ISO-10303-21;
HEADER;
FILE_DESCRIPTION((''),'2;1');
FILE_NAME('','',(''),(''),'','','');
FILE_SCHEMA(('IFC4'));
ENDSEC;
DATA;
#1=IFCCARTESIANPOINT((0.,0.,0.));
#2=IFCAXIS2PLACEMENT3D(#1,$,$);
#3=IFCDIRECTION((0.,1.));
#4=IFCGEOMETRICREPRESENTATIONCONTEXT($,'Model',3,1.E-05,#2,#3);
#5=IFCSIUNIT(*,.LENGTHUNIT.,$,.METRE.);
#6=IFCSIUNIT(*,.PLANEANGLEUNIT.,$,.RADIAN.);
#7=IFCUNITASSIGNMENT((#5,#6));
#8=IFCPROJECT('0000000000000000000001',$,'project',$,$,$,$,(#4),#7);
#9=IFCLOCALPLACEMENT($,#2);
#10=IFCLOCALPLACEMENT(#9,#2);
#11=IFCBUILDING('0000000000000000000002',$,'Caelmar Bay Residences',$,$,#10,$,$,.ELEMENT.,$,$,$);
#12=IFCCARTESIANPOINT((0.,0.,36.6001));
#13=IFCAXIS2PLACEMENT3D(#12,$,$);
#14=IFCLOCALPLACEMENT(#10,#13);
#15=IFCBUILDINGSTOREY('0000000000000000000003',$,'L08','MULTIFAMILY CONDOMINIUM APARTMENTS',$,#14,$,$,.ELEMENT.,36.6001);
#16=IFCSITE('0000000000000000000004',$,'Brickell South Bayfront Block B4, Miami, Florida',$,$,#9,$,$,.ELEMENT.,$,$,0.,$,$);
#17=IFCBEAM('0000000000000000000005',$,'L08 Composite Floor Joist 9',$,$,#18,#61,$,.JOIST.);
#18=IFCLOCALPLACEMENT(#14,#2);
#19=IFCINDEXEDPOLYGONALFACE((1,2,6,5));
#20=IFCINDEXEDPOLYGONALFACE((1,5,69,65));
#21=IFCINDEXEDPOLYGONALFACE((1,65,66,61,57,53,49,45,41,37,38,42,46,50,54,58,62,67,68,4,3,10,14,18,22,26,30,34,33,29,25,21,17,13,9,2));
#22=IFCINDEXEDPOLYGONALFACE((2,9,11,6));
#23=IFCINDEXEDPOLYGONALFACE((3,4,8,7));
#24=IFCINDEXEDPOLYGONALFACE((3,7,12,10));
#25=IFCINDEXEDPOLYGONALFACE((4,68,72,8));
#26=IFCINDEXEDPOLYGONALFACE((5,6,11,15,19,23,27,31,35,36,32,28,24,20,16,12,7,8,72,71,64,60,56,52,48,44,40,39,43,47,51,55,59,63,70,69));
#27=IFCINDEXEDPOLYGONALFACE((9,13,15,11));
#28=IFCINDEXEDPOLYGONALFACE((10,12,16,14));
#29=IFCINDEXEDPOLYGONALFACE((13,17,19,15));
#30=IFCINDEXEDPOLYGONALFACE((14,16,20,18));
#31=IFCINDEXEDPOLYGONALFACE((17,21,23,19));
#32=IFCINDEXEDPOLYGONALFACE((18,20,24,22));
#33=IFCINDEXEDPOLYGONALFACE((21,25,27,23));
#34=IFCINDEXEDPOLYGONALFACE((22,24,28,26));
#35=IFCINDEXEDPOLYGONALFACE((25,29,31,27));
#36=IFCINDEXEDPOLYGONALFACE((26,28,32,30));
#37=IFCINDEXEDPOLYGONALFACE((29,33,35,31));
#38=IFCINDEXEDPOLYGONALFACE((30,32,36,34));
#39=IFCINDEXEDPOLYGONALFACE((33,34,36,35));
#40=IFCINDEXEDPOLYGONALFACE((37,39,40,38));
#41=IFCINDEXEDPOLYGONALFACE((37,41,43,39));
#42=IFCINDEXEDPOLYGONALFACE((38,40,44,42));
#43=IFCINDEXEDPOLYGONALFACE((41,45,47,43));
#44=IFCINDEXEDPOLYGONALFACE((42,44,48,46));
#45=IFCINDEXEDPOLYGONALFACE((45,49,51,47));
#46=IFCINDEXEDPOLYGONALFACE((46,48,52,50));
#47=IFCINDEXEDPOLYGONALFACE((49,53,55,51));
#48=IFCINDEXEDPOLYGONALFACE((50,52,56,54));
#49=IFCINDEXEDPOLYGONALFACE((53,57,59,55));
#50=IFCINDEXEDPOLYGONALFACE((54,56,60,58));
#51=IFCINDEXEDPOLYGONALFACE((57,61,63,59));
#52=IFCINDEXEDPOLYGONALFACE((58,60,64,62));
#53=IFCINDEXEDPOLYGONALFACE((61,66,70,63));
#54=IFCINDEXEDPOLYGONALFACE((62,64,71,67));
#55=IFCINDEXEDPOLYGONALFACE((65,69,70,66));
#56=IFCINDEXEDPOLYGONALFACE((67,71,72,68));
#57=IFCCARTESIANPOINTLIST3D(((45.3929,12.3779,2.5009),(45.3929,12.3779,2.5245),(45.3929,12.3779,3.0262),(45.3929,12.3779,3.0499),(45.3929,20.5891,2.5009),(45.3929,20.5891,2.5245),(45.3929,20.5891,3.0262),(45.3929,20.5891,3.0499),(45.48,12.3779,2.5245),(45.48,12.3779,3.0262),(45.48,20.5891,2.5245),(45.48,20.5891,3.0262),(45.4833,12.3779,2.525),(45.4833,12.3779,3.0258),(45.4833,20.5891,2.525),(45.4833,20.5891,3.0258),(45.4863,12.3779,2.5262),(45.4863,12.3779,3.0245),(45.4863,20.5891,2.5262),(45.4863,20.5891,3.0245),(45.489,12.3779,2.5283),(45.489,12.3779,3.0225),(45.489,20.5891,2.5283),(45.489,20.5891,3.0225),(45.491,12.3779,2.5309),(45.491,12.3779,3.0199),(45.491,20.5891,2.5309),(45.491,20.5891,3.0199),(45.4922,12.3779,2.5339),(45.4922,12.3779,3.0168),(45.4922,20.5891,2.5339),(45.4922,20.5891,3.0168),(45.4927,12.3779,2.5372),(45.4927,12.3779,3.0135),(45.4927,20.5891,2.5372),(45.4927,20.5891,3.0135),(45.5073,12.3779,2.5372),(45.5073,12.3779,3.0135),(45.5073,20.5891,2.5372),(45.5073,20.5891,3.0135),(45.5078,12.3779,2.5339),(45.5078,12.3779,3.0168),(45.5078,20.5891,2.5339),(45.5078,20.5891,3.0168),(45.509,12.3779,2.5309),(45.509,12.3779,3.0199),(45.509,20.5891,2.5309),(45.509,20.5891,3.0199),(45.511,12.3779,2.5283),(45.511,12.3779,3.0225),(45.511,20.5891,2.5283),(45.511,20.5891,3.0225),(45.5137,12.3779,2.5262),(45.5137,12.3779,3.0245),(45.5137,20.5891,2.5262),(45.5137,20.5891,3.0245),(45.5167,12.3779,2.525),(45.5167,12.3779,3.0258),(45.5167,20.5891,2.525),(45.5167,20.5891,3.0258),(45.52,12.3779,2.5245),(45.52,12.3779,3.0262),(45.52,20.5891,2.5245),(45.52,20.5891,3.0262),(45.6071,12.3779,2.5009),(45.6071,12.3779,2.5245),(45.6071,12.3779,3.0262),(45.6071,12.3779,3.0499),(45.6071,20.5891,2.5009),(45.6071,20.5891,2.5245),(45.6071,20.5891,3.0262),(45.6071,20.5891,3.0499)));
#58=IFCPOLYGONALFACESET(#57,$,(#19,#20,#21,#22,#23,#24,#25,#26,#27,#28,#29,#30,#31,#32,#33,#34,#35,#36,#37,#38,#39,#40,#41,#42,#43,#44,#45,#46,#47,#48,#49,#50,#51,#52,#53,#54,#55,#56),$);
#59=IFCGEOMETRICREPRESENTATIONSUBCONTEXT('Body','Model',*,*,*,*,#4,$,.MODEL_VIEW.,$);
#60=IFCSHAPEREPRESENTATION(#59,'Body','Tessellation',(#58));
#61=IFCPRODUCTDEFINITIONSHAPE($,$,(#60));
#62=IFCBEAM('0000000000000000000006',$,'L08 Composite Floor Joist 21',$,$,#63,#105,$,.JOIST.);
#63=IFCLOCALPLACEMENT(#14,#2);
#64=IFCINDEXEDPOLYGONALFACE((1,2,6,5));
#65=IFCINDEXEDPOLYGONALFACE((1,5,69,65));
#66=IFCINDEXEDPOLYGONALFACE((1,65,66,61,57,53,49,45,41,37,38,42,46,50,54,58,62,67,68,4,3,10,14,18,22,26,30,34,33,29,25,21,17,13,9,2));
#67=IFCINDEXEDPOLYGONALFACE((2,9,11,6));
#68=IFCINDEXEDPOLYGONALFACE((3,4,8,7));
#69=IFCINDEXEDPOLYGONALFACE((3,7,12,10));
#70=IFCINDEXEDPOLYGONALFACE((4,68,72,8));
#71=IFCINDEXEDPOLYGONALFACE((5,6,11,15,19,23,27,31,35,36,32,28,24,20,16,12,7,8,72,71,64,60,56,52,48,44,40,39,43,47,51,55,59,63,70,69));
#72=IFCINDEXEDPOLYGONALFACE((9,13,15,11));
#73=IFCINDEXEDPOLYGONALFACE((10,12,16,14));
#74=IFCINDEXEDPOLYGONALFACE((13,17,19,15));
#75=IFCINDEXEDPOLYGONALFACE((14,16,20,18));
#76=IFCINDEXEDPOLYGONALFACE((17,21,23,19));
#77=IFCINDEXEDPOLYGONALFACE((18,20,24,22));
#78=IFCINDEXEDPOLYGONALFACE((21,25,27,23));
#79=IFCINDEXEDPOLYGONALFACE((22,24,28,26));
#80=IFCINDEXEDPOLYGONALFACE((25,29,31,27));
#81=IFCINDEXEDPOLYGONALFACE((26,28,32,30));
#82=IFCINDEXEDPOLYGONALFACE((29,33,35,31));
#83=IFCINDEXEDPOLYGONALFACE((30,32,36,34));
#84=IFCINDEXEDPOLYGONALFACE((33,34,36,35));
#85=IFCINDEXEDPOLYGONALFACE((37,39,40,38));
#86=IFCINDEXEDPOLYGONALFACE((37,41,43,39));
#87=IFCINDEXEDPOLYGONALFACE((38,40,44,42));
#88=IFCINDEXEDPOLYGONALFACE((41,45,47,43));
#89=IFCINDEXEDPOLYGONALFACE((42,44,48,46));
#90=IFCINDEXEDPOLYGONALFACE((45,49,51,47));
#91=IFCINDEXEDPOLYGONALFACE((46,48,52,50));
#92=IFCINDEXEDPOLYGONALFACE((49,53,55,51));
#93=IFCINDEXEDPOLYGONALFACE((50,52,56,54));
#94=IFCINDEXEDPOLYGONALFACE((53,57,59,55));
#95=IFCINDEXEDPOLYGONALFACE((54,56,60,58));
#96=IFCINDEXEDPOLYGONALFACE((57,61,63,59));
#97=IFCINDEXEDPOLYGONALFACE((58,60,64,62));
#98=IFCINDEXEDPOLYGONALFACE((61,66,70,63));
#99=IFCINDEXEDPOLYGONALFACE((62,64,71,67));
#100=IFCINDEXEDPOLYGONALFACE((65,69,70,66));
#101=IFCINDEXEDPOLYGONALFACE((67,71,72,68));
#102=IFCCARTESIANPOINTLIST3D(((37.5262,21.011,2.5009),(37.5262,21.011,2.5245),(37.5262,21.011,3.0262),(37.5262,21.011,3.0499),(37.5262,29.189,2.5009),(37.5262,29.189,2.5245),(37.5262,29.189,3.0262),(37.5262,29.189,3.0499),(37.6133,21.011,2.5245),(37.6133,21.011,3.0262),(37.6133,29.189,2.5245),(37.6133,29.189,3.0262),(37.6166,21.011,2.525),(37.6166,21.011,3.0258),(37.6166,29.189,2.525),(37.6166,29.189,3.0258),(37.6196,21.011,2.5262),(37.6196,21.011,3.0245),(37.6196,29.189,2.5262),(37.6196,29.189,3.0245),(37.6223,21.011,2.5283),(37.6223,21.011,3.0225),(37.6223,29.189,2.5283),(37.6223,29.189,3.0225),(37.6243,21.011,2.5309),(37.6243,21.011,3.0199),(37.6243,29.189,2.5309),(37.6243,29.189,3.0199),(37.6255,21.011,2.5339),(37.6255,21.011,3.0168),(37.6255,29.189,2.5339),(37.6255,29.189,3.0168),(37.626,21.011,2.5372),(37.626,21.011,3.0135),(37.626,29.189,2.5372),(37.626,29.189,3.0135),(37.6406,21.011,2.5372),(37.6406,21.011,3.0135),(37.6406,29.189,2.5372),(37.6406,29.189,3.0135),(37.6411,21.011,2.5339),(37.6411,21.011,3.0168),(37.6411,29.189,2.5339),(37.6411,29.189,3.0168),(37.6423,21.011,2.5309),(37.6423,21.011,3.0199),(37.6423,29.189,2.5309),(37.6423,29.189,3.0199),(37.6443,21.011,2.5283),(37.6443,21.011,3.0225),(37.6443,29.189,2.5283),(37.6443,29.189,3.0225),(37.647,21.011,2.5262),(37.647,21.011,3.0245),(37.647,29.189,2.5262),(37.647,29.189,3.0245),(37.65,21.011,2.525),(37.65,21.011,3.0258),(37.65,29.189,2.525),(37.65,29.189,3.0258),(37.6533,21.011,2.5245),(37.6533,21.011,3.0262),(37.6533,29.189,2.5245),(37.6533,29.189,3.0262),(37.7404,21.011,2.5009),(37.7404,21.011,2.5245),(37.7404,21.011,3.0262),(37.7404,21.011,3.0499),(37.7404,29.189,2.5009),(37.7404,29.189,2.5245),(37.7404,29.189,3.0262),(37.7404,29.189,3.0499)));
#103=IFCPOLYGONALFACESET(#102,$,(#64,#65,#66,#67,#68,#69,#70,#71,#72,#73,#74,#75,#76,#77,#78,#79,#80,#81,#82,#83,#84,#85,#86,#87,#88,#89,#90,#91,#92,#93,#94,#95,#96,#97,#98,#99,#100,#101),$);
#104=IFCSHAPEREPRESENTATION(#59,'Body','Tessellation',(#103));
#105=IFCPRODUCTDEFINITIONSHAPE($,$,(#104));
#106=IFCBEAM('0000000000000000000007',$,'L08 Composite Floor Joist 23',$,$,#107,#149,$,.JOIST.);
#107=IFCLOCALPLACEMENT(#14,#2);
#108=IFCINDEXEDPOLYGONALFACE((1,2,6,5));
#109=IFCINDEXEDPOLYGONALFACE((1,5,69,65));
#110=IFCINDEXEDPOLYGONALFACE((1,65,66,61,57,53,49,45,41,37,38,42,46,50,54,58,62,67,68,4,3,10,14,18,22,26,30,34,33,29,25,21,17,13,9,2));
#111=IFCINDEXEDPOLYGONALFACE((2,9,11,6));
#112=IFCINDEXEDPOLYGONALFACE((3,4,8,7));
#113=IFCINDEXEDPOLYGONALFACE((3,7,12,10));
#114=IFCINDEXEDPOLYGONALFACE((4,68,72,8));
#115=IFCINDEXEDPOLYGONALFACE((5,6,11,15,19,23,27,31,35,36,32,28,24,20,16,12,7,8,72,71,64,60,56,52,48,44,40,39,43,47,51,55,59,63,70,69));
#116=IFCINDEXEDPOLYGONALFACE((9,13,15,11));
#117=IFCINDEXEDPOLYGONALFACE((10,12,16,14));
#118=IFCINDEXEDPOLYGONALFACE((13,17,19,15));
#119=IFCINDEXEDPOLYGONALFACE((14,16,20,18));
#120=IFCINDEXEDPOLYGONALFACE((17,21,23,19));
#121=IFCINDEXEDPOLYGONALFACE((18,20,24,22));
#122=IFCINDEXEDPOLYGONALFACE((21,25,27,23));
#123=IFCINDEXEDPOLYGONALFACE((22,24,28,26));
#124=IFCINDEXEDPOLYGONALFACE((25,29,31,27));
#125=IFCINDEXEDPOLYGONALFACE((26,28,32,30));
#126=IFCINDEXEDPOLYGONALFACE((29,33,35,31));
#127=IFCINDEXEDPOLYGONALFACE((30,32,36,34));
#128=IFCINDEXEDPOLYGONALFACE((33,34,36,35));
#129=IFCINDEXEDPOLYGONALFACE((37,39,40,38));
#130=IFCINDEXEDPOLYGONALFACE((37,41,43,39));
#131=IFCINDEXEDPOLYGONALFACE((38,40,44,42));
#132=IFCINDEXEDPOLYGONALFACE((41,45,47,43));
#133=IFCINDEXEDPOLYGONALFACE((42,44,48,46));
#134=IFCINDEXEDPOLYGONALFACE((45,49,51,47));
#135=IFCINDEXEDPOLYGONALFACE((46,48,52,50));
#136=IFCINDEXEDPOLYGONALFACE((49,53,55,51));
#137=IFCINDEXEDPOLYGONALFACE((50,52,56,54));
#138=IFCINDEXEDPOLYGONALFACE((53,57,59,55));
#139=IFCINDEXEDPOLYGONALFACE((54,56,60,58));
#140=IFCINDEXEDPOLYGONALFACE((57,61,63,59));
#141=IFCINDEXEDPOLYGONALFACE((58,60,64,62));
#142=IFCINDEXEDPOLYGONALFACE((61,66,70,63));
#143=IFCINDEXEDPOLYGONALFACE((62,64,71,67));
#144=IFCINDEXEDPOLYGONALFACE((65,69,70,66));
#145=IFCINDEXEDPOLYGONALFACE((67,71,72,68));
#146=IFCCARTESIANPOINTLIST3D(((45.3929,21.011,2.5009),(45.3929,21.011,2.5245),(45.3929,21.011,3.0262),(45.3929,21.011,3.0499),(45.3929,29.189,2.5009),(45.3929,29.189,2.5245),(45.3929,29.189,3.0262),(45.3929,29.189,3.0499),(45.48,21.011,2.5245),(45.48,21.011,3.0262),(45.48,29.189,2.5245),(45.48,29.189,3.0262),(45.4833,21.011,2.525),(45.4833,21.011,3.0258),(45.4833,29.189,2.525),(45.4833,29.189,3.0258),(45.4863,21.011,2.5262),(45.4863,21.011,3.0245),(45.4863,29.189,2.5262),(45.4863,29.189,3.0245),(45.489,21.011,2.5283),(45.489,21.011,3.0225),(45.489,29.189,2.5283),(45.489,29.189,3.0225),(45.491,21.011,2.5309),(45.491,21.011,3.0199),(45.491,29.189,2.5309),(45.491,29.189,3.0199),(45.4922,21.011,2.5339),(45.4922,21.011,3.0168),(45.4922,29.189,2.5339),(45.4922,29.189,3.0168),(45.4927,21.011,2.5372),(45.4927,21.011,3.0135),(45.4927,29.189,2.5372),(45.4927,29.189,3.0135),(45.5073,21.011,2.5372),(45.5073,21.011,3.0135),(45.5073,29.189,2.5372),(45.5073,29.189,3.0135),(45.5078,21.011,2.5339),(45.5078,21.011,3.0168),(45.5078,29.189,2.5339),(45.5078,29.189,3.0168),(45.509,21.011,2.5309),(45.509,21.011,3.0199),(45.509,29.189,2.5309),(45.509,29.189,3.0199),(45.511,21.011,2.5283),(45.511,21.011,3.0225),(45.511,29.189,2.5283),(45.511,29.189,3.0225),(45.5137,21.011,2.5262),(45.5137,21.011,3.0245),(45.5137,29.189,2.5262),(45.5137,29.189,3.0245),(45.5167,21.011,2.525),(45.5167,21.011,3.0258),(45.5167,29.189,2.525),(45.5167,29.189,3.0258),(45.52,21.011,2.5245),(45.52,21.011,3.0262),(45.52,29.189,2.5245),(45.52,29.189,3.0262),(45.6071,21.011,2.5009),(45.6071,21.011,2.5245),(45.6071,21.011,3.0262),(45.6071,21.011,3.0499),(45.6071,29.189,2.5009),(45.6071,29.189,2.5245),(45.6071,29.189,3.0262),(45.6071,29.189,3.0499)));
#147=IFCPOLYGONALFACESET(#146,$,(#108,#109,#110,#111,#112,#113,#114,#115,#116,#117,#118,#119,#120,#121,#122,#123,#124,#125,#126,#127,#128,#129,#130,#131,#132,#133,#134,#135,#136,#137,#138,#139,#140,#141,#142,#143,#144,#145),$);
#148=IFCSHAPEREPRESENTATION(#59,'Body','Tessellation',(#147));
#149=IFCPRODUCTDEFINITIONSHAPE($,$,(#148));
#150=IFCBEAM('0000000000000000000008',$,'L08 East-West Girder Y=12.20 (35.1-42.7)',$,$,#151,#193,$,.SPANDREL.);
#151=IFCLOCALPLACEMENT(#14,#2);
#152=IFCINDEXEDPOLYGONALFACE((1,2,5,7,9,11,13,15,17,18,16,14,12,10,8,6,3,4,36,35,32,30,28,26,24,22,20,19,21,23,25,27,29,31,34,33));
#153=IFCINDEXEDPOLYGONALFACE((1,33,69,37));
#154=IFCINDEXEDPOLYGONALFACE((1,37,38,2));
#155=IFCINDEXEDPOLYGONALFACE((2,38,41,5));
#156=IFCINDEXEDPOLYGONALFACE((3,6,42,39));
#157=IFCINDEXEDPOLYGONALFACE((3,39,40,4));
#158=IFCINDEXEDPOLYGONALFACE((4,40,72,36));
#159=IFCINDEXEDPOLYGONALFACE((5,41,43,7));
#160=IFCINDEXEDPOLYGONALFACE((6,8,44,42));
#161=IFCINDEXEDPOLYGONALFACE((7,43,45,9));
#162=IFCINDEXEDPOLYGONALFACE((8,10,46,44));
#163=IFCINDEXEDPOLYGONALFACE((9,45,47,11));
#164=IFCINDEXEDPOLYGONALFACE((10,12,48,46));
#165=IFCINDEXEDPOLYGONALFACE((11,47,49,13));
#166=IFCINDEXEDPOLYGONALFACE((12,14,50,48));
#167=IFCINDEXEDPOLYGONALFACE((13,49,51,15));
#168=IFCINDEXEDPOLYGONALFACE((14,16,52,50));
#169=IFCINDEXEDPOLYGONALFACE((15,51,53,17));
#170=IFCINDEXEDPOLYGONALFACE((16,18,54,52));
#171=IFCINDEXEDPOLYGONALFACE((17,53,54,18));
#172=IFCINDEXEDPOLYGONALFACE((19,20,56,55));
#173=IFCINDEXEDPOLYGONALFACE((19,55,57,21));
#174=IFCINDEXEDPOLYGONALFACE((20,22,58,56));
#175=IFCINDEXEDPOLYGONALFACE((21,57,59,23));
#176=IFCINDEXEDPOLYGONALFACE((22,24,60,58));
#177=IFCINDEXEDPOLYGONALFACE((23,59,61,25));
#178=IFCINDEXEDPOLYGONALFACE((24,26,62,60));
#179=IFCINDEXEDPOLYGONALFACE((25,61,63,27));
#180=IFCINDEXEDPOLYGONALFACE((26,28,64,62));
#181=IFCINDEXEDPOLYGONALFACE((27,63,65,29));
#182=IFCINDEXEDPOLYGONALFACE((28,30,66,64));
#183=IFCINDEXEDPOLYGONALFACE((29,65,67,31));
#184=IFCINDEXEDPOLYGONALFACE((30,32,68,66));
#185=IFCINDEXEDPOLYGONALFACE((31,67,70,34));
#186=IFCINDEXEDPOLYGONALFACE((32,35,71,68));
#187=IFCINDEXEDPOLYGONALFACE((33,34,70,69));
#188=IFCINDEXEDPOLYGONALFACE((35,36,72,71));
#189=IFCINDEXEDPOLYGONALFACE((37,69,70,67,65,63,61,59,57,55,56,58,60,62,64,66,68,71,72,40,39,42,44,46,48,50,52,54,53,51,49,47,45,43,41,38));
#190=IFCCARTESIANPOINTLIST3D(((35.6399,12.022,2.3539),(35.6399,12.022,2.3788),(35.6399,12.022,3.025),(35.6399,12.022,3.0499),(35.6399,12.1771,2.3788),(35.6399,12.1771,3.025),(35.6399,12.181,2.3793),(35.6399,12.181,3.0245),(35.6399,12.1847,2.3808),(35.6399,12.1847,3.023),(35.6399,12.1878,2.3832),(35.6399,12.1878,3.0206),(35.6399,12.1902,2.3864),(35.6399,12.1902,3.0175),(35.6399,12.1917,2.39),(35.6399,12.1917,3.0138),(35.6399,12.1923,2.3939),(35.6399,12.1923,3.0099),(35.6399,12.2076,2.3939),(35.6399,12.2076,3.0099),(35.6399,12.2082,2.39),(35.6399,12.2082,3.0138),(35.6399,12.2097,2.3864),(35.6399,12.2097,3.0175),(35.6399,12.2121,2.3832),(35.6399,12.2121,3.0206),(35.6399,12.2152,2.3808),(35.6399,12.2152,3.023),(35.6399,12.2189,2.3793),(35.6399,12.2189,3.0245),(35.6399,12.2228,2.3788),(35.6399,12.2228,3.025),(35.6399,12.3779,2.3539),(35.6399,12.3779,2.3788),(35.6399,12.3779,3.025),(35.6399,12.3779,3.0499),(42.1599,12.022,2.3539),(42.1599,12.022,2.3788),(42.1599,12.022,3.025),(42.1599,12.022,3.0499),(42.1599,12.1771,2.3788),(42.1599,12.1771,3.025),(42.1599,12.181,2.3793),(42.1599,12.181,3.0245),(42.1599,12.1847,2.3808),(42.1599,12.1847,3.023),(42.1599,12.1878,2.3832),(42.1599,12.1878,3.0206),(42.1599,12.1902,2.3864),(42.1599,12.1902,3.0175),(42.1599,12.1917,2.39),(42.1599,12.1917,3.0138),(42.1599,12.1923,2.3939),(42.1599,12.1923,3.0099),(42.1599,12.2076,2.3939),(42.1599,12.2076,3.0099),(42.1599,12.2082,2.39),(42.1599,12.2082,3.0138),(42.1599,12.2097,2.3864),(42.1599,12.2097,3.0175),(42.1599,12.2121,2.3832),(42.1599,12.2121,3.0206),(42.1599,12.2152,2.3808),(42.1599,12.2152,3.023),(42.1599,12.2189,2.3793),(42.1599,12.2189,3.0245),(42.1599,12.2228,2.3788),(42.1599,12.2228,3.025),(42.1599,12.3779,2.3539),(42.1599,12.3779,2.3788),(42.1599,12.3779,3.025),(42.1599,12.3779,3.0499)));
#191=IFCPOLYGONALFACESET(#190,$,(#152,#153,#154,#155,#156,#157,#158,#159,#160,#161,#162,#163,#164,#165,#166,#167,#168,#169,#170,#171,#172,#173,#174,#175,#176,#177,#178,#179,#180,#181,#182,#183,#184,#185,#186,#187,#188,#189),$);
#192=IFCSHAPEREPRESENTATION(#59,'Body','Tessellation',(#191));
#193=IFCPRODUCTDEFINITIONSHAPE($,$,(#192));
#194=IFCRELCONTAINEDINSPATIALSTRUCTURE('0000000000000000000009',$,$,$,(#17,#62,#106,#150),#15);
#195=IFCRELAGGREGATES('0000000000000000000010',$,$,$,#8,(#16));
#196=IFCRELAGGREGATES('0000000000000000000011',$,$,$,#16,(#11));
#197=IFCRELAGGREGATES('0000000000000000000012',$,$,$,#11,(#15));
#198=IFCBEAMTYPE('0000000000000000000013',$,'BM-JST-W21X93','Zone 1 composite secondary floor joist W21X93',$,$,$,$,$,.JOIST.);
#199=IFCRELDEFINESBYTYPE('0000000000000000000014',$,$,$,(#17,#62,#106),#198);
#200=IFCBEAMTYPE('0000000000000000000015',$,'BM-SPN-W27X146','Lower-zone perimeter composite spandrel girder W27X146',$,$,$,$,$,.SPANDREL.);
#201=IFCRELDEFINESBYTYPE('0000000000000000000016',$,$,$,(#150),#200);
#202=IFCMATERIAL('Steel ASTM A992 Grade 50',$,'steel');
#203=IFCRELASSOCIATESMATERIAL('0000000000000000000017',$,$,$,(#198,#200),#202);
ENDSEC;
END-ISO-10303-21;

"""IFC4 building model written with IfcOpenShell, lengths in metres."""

from ifc_helpers import new_model, si_unit, direction, frame, origin, origin_2d, place, context, subcontext, project, spatial, i_section, extrude, material, material_profile, profile_set, type_object, element, save


model = new_model("IFC4")

# Units and contexts
model_context = context("Model", 3, precision=1e-05, world=origin(), true_north=direction((0.0, 1.0)))
body_context = subcontext(model_context, "Body", "Model", "MODEL_VIEW")
ifc_project = project(units=[si_unit("LENGTHUNIT", "METRE"), si_unit("PLANEANGLEUNIT", "RADIAN")], contexts=[model_context])

# Site, building, storey
site_placement = place(None, origin())
site = spatial("IfcSite", under=ifc_project, at=site_placement, Name="Brickell South Bayfront Block B4, Miami, Florida", CompositionType="ELEMENT", RefElevation=0.0)
building_placement = place(site_placement, origin())
building = spatial("IfcBuilding", under=site, at=building_placement, Name="Caelmar Bay Residences", CompositionType="ELEMENT")
storey_placement = place(building_placement, frame((0.0, 0.0, 36.6001)))
storey = spatial("IfcBuildingStorey", under=building, at=storey_placement, Name="L08", Description="MULTIFAMILY CONDOMINIUM APARTMENTS", CompositionType="ELEMENT", Elevation=36.6001)

# Beams
ifc_material_1 = material(Name="Steel ASTM A992 Grade 50", Category="steel")
ifc_material_profile_1 = material_profile(ifc_material_1, i_section(OverallWidth=0.2141, OverallDepth=0.5491, WebThickness=0.0146, FlangeThickness=0.0237, FilletRadius=0.0127, at=origin_2d()), Name="W21X93")
ifc_profile_set_1 = profile_set([ifc_material_profile_1], Name="Steel ASTM A992 Grade 50")
beam_type_1 = type_object("IfcBeamType", Name="BM-JST-W21X93", Description="Zone 1 composite secondary floor joist W21X93", PredefinedType="JOIST", material=ifc_profile_set_1)
for number, where, z_axis, x_axis, name in (
    (1, (45.5, 12.3779, 2.7754), (0.0, 1.0, 0.0), (-1.0, 0.0, 0.0), "L08 Composite Floor Joist 9"),
):
    element("IfcBeam", number, at=place(storey_placement, frame(where, z_axis=z_axis, x_axis=x_axis)), inside=storey, type_object=beam_type_1, Name=name, PredefinedType="JOIST", context=body_context, shape_type="SweptSolid", body=[
        extrude(i_section(OverallWidth=0.2141, OverallDepth=0.5491, WebThickness=0.0146, FlangeThickness=0.0237, FilletRadius=0.0127, at=origin_2d()), origin(), (0.0, 0.0, 1.0), 8.2112),
    ])
for number, where, z_axis, x_axis, name in (
    (2, (37.6333, 21.011, 2.7754), (0.0, 1.0, 0.0), (-1.0, 0.0, 0.0), "L08 Composite Floor Joist 21"),
    (3, (45.5, 21.011, 2.7754), (0.0, 1.0, 0.0), (-1.0, 0.0, 0.0), "L08 Composite Floor Joist 23"),
):
    element("IfcBeam", number, at=place(storey_placement, frame(where, z_axis=z_axis, x_axis=x_axis)), inside=storey, type_object=beam_type_1, Name=name, PredefinedType="JOIST", context=body_context, shape_type="SweptSolid", body=[
        extrude(i_section(OverallWidth=0.2141, OverallDepth=0.5491, WebThickness=0.0146, FlangeThickness=0.0237, FilletRadius=0.0127, at=origin_2d()), origin(), (0.0, 0.0, 1.0), 8.178),
    ])
ifc_material_profile_2 = material_profile(ifc_material_1, i_section(OverallWidth=0.356, OverallDepth=0.696, WebThickness=0.0154, FlangeThickness=0.0249, FilletRadius=0.0151, at=origin_2d()), Name="W27X146")
ifc_profile_set_2 = profile_set([ifc_material_profile_2], Name="Steel ASTM A992 Grade 50")
beam_type_2 = type_object("IfcBeamType", Name="BM-SPN-W27X146", Description="Lower-zone perimeter composite spandrel girder W27X146", PredefinedType="SPANDREL", material=ifc_profile_set_2)
beam_1_placement = place(storey_placement, frame((35.6399, 12.2, 2.7019), z_axis=(1.0, 0.0, 0.0), x_axis=(0.0, 1.0, 0.0)))
element("IfcBeam", 4, at=beam_1_placement, inside=storey, type_object=beam_type_2, Name="L08 East-West Girder Y=12.20 (35.1-42.7)", PredefinedType="SPANDREL", context=body_context, shape_type="SweptSolid", body=[
    extrude(i_section(OverallWidth=0.356, OverallDepth=0.696, WebThickness=0.0154, FlangeThickness=0.0249, FilletRadius=0.0151, at=origin_2d()), origin(), (0.0, 0.0, 1.0), 6.52),
])

save(model, "model.ifc")
